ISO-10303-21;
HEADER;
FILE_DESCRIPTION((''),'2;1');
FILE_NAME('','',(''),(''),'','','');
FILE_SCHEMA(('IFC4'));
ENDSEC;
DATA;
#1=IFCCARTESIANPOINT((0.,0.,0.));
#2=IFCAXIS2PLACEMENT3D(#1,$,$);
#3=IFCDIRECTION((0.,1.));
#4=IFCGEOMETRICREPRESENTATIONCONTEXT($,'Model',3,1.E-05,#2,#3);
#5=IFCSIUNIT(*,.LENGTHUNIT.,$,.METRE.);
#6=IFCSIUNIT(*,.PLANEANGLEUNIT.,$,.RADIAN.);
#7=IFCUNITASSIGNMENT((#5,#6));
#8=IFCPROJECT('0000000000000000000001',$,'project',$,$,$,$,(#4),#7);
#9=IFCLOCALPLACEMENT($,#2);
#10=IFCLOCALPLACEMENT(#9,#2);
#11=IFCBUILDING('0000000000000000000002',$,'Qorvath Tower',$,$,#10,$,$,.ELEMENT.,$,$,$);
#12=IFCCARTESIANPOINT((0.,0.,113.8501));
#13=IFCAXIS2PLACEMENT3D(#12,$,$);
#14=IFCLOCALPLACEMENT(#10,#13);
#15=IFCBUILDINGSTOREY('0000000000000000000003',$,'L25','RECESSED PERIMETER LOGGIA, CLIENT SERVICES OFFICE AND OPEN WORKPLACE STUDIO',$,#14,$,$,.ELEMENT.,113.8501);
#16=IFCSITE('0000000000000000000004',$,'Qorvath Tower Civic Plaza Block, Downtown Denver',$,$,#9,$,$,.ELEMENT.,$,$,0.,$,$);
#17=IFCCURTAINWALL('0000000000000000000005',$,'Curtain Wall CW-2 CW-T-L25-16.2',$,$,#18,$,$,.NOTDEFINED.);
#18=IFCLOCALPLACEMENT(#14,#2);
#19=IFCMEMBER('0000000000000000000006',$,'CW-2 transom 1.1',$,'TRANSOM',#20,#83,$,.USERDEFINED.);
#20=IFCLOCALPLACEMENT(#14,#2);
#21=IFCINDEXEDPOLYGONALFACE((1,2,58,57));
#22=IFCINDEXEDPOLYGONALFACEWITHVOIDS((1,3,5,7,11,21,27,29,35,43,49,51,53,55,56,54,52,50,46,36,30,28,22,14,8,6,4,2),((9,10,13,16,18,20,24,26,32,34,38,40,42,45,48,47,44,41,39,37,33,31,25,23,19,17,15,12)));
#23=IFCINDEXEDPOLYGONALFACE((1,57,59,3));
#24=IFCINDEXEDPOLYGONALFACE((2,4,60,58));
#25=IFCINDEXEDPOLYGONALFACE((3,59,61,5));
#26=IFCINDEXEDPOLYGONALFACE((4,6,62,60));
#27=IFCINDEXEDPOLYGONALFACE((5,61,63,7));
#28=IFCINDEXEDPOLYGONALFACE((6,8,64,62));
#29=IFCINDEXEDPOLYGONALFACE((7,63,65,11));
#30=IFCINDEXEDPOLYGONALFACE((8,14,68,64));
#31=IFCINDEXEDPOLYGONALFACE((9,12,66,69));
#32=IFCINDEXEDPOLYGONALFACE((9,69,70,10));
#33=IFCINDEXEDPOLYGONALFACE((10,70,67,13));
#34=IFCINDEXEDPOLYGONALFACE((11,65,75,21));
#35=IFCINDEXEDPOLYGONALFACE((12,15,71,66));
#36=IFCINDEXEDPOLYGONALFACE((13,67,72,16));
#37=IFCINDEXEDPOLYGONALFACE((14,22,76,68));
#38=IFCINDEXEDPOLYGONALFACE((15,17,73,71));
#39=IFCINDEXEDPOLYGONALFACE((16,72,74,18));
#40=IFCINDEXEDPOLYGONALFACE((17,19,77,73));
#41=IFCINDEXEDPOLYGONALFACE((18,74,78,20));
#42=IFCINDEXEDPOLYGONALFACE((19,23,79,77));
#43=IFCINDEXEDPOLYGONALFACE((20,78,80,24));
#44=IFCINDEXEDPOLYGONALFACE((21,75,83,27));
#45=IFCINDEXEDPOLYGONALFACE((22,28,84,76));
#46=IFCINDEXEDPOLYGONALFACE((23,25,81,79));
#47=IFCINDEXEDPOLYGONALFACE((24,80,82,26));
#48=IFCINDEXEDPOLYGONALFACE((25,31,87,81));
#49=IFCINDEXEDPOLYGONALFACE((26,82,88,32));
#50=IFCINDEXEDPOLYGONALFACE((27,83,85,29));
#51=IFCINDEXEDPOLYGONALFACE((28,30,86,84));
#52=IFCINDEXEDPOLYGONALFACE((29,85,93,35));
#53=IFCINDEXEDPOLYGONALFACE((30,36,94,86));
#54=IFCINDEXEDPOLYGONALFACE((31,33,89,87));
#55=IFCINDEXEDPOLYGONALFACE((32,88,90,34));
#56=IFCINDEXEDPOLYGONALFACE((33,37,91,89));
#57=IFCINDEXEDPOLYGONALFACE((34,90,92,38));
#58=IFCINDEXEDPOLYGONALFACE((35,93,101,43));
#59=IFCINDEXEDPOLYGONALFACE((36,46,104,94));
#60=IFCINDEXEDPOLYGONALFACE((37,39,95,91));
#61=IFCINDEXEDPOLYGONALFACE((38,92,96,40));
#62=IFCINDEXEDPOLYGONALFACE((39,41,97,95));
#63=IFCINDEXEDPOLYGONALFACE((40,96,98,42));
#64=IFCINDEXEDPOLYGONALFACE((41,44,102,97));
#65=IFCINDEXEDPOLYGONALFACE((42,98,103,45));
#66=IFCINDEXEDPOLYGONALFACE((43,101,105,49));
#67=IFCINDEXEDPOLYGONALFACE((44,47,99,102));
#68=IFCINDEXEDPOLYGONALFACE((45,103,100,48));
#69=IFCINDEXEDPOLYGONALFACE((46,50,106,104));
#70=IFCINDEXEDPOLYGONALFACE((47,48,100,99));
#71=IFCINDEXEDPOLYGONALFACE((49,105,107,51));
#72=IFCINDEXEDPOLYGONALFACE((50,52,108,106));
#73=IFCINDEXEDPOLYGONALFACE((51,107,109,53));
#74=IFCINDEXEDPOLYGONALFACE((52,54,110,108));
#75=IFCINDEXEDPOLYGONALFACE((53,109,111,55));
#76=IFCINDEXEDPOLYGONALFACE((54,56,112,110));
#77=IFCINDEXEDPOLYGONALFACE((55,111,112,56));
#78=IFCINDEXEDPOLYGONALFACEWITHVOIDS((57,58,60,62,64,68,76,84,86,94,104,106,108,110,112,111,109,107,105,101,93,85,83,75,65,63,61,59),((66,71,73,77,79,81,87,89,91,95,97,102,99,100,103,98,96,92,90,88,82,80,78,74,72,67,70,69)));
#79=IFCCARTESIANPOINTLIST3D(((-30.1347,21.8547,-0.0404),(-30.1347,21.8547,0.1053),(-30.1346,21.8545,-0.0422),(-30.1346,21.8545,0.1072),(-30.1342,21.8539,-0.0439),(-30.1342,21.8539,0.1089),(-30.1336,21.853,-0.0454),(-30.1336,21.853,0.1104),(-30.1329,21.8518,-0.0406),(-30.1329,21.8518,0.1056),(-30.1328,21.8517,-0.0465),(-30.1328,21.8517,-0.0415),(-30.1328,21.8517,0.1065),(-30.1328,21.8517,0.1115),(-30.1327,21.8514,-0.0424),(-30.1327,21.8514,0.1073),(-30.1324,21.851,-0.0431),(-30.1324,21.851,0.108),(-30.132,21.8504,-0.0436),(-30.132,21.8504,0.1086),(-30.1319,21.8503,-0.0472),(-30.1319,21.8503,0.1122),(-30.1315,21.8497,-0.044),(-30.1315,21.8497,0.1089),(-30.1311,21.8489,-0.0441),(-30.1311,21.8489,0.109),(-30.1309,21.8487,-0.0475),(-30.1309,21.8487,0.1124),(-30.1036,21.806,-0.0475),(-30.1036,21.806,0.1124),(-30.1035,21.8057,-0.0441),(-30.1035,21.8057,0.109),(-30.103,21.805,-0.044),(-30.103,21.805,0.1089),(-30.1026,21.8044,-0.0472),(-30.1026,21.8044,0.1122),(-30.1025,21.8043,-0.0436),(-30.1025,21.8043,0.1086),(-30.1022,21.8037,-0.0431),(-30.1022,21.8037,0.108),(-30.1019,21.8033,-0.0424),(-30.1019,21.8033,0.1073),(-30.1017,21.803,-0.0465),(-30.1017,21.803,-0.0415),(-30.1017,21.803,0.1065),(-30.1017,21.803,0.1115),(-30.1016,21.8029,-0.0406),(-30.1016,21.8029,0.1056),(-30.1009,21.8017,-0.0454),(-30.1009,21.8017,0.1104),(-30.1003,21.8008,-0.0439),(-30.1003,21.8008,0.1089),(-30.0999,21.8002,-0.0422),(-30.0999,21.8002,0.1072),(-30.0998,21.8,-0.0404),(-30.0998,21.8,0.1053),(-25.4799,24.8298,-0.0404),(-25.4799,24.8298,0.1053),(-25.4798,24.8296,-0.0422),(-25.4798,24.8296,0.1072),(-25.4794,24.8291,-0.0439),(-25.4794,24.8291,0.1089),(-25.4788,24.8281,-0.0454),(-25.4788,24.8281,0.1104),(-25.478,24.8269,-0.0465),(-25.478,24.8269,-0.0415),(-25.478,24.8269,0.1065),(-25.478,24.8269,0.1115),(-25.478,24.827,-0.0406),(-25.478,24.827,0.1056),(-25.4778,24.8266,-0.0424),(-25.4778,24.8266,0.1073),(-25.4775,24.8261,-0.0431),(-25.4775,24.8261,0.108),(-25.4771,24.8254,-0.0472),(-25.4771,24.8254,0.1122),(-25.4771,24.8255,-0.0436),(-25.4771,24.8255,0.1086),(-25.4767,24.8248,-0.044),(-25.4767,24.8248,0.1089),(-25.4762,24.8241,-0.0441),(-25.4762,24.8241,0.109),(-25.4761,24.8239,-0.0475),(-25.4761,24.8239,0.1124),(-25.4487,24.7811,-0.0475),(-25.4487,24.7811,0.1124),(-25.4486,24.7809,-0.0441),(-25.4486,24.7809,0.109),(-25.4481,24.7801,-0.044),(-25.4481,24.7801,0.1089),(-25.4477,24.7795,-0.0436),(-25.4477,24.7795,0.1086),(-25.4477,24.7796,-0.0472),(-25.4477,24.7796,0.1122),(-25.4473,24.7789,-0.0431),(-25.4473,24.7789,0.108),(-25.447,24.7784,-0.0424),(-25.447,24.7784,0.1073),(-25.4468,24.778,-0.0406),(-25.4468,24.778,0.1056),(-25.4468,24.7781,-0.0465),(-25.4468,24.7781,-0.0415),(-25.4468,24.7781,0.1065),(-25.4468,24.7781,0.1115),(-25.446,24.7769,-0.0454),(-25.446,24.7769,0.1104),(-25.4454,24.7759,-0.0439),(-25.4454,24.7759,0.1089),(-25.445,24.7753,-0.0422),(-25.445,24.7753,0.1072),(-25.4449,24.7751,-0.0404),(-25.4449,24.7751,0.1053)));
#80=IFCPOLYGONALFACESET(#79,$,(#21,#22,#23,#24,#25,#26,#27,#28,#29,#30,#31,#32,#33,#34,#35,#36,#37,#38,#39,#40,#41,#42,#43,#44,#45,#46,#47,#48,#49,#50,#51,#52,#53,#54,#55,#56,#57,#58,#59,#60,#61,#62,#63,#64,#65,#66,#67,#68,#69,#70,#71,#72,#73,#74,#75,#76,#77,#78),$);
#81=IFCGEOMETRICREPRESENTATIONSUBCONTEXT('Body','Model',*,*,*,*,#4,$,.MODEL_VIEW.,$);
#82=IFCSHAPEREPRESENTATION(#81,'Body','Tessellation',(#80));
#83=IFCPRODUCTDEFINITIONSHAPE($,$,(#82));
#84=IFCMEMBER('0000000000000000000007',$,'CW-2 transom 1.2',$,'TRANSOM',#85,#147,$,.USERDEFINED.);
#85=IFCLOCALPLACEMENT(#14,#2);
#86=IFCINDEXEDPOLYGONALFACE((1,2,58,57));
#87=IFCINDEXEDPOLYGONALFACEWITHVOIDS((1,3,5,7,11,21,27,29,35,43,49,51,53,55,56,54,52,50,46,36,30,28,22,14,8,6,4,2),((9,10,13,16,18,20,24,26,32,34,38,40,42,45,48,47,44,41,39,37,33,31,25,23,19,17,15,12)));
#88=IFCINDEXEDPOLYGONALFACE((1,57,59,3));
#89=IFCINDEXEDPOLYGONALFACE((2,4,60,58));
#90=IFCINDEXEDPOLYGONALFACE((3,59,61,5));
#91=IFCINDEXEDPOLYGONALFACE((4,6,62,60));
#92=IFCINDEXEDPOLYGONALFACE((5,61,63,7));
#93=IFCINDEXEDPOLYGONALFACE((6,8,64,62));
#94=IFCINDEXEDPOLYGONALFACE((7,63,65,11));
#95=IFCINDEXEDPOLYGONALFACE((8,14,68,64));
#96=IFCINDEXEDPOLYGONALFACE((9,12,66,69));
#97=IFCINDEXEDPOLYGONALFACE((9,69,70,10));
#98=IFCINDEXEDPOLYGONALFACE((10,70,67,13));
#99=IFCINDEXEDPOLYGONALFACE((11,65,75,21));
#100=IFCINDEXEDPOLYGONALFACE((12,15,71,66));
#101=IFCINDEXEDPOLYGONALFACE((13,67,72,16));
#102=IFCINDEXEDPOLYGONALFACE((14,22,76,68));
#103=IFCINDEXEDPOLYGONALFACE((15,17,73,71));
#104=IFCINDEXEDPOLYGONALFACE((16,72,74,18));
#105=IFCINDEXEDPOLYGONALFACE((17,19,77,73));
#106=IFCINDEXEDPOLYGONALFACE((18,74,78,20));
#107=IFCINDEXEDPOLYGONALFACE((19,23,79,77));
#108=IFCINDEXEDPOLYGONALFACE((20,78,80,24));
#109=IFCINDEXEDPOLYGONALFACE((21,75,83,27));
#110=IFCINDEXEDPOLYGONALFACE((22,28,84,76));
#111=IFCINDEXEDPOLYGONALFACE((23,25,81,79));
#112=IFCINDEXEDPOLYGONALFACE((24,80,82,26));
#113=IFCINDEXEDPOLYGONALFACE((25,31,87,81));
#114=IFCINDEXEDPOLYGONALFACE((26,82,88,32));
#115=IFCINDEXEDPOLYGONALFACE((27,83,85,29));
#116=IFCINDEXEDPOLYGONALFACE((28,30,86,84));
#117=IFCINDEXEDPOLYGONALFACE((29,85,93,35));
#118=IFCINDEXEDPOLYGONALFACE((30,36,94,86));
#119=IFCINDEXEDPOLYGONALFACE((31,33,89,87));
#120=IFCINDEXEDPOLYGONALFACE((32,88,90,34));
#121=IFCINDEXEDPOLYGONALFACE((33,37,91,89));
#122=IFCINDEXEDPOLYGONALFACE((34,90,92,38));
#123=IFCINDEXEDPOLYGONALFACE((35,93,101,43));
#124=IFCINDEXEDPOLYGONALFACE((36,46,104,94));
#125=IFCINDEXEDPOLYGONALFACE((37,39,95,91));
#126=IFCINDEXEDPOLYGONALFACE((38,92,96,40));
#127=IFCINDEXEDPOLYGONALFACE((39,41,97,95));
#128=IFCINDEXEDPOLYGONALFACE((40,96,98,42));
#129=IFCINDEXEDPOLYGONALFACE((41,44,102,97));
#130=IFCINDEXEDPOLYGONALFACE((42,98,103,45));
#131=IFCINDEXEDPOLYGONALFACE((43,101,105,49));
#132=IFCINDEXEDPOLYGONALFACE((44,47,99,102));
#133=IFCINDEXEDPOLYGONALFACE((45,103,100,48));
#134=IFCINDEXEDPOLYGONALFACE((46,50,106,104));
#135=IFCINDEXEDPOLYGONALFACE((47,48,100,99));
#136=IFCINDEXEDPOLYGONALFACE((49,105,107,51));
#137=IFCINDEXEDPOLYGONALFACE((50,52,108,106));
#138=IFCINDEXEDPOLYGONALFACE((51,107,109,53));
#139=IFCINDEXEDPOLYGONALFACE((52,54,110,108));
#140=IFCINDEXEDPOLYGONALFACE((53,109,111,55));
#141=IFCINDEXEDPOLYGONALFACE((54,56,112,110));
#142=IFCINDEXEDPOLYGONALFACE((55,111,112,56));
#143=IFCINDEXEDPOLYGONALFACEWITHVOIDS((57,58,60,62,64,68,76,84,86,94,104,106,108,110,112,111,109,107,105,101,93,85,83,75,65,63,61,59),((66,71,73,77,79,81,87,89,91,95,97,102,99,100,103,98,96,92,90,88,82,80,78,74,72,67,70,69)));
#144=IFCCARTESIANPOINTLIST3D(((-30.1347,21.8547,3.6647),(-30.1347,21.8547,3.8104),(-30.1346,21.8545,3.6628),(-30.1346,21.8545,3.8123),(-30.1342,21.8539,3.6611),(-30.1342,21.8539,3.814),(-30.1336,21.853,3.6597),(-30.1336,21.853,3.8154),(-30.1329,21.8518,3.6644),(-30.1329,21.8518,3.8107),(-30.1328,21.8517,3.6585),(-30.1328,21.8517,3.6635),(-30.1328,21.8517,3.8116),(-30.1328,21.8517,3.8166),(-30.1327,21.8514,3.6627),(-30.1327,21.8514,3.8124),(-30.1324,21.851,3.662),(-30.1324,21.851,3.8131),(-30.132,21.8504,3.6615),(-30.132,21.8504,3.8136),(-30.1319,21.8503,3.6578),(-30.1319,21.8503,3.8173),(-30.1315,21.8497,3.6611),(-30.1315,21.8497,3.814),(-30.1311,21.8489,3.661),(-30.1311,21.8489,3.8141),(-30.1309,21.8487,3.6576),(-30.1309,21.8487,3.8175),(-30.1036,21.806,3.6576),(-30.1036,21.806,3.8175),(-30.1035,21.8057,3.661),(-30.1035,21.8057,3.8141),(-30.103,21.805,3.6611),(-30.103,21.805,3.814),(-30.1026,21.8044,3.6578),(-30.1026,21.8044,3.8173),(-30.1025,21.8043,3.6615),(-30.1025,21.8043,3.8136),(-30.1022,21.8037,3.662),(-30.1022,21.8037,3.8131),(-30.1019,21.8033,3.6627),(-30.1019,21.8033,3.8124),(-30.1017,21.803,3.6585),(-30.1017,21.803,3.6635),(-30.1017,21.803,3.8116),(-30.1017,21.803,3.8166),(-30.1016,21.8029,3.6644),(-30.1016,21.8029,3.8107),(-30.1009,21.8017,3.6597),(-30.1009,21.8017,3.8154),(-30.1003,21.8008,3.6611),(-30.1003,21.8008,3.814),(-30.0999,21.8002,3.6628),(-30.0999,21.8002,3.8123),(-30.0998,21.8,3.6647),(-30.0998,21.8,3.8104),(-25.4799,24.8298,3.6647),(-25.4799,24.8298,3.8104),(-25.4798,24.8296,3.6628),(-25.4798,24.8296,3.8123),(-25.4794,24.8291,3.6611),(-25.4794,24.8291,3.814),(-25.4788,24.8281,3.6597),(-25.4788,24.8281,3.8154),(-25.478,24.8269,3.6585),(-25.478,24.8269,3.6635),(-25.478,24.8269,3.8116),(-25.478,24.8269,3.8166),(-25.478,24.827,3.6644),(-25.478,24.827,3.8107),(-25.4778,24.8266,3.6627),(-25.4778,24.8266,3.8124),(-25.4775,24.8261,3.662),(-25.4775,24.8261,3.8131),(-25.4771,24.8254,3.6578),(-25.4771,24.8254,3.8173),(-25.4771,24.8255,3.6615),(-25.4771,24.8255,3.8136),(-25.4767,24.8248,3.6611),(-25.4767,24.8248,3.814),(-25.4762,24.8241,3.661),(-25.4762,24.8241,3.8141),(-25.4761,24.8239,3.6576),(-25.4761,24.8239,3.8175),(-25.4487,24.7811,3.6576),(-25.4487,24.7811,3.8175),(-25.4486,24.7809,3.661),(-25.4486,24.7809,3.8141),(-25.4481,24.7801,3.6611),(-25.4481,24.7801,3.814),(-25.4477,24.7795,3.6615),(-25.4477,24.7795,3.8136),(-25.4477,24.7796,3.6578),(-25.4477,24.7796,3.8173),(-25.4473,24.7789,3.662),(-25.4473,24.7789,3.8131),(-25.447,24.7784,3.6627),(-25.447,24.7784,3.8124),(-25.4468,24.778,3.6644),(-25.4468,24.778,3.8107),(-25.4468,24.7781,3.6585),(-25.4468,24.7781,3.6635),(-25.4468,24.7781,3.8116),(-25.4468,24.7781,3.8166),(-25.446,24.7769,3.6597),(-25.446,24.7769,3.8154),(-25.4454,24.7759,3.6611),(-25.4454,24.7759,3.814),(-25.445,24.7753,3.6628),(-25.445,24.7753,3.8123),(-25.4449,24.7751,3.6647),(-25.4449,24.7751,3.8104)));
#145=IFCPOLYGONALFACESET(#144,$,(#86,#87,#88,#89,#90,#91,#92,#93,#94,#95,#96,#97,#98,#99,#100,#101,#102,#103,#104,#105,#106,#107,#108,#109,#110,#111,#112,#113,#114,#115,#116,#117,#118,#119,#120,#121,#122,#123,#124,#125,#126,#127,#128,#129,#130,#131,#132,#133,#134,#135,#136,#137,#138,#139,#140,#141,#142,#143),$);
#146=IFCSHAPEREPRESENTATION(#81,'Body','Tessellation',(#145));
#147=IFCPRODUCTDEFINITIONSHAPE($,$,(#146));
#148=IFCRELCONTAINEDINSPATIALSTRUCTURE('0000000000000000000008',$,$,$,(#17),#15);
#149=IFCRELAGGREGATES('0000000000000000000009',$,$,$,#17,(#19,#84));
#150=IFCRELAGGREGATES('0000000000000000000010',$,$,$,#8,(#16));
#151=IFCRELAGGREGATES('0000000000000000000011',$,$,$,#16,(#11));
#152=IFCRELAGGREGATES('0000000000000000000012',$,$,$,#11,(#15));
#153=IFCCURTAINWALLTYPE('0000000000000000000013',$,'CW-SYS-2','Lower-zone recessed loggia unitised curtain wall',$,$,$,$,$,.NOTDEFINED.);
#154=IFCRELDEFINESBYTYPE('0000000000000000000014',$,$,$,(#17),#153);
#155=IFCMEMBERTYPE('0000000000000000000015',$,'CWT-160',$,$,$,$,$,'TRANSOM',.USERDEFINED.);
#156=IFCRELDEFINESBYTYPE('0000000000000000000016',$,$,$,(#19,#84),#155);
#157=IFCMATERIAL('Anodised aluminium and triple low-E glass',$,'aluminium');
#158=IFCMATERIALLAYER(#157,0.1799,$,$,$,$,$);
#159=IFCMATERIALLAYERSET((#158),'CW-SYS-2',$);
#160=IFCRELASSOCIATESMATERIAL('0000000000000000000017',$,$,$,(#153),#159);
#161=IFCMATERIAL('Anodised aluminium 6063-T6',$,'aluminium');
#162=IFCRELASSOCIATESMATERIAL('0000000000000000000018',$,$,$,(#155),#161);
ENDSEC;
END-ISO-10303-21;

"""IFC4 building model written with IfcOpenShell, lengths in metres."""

from ifc_helpers import new_model, si_unit, direction, frame, origin, origin_2d, place, context, subcontext, project, spatial, hollow_rectangle, extrude, material, layer, layer_set, material_profile, profile_set, type_object, element, aggregate, save


model = new_model("IFC4")

# Units and contexts
model_context = context("Model", 3, precision=1e-05, world=origin(), true_north=direction((0.0, 1.0)))
body_context = subcontext(model_context, "Body", "Model", "MODEL_VIEW")
ifc_project = project(units=[si_unit("LENGTHUNIT", "METRE"), si_unit("PLANEANGLEUNIT", "RADIAN")], contexts=[model_context])

# Site, building, storey
site_placement = place(None, origin())
site = spatial("IfcSite", under=ifc_project, at=site_placement, Name="Qorvath Tower Civic Plaza Block, Downtown Denver", CompositionType="ELEMENT", RefElevation=0.0)
building_placement = place(site_placement, origin())
building = spatial("IfcBuilding", under=site, at=building_placement, Name="Qorvath Tower", CompositionType="ELEMENT")
storey_placement = place(building_placement, frame((0.0, 0.0, 113.8501)))
storey = spatial("IfcBuildingStorey", under=building, at=storey_placement, Name="L25", Description="RECESSED PERIMETER LOGGIA, CLIENT SERVICES OFFICE AND OPEN WORKPLACE STUDIO", CompositionType="ELEMENT", Elevation=113.8501)

# Curtain wall
ifc_material_1 = material(Name="Anodised aluminium and triple low-E glass", Category="aluminium")
ifc_layer_1 = layer(ifc_material_1, 0.1799)
ifc_layer_set_1 = layer_set([ifc_layer_1], Name="CW-SYS-2")
curtain_wall_type = type_object("IfcCurtainWallType", Name="CW-SYS-2", Description="Lower-zone recessed loggia unitised curtain wall", PredefinedType="NOTDEFINED", material=ifc_layer_set_1)
curtain_wall_1_placement = place(storey_placement, origin())
curtain_wall_1 = element("IfcCurtainWall", 1, at=curtain_wall_1_placement, inside=storey, type_object=curtain_wall_type, Name="Curtain Wall CW-2 CW-T-L25-16.2", PredefinedType="NOTDEFINED")

# Members
ifc_material_2 = material(Name="Anodised aluminium 6063-T6", Category="aluminium")
ifc_material_profile_1 = material_profile(ifc_material_2, hollow_rectangle(XDim=0.0649, YDim=0.1599, WallThickness=0.0034, InnerFilletRadius=0.0034, OuterFilletRadius=0.0071, at=origin_2d()), Name="CWT 160x65")
ifc_profile_set_1 = profile_set([ifc_material_profile_1], Name="Anodised aluminium 6063-T6")
member_type_1 = type_object("IfcMemberType", Name="CWT-160", ElementType="TRANSOM", PredefinedType="USERDEFINED", material=ifc_profile_set_1)
member_1_placement = place(storey_placement, frame((-25.4624, 24.8025, 0.0325), z_axis=(-0.842597, -0.538544, 0.0), x_axis=(0.538544, -0.842597, 0.0)))
member_1 = element("IfcMember", 2, at=member_1_placement, type_object=member_type_1, Name="CW-2 transom 1.1", ObjectType="TRANSOM", PredefinedType="USERDEFINED", context=body_context, shape_type="SweptSolid", body=[
    extrude(hollow_rectangle(XDim=0.0649, YDim=0.1599, WallThickness=0.0034, InnerFilletRadius=0.0034, OuterFilletRadius=0.0071, at=origin_2d()), origin(), (0.0, 0.0, 1.0), 5.5244),
])
member_2_placement = place(storey_placement, frame((-25.4624, 24.8025, 3.7375), z_axis=(-0.842597, -0.538544, 0.0), x_axis=(0.538544, -0.842597, 0.0)))
member_2 = element("IfcMember", 3, at=member_2_placement, type_object=member_type_1, Name="CW-2 transom 1.2", ObjectType="TRANSOM", PredefinedType="USERDEFINED", context=body_context, shape_type="SweptSolid", body=[
    extrude(hollow_rectangle(XDim=0.0649, YDim=0.1599, WallThickness=0.0034, InnerFilletRadius=0.0034, OuterFilletRadius=0.0071, at=origin_2d()), origin(), (0.0, 0.0, 1.0), 5.5244),
])

aggregate(curtain_wall_1, [member_1, member_2])

save(model, "model.ifc")
